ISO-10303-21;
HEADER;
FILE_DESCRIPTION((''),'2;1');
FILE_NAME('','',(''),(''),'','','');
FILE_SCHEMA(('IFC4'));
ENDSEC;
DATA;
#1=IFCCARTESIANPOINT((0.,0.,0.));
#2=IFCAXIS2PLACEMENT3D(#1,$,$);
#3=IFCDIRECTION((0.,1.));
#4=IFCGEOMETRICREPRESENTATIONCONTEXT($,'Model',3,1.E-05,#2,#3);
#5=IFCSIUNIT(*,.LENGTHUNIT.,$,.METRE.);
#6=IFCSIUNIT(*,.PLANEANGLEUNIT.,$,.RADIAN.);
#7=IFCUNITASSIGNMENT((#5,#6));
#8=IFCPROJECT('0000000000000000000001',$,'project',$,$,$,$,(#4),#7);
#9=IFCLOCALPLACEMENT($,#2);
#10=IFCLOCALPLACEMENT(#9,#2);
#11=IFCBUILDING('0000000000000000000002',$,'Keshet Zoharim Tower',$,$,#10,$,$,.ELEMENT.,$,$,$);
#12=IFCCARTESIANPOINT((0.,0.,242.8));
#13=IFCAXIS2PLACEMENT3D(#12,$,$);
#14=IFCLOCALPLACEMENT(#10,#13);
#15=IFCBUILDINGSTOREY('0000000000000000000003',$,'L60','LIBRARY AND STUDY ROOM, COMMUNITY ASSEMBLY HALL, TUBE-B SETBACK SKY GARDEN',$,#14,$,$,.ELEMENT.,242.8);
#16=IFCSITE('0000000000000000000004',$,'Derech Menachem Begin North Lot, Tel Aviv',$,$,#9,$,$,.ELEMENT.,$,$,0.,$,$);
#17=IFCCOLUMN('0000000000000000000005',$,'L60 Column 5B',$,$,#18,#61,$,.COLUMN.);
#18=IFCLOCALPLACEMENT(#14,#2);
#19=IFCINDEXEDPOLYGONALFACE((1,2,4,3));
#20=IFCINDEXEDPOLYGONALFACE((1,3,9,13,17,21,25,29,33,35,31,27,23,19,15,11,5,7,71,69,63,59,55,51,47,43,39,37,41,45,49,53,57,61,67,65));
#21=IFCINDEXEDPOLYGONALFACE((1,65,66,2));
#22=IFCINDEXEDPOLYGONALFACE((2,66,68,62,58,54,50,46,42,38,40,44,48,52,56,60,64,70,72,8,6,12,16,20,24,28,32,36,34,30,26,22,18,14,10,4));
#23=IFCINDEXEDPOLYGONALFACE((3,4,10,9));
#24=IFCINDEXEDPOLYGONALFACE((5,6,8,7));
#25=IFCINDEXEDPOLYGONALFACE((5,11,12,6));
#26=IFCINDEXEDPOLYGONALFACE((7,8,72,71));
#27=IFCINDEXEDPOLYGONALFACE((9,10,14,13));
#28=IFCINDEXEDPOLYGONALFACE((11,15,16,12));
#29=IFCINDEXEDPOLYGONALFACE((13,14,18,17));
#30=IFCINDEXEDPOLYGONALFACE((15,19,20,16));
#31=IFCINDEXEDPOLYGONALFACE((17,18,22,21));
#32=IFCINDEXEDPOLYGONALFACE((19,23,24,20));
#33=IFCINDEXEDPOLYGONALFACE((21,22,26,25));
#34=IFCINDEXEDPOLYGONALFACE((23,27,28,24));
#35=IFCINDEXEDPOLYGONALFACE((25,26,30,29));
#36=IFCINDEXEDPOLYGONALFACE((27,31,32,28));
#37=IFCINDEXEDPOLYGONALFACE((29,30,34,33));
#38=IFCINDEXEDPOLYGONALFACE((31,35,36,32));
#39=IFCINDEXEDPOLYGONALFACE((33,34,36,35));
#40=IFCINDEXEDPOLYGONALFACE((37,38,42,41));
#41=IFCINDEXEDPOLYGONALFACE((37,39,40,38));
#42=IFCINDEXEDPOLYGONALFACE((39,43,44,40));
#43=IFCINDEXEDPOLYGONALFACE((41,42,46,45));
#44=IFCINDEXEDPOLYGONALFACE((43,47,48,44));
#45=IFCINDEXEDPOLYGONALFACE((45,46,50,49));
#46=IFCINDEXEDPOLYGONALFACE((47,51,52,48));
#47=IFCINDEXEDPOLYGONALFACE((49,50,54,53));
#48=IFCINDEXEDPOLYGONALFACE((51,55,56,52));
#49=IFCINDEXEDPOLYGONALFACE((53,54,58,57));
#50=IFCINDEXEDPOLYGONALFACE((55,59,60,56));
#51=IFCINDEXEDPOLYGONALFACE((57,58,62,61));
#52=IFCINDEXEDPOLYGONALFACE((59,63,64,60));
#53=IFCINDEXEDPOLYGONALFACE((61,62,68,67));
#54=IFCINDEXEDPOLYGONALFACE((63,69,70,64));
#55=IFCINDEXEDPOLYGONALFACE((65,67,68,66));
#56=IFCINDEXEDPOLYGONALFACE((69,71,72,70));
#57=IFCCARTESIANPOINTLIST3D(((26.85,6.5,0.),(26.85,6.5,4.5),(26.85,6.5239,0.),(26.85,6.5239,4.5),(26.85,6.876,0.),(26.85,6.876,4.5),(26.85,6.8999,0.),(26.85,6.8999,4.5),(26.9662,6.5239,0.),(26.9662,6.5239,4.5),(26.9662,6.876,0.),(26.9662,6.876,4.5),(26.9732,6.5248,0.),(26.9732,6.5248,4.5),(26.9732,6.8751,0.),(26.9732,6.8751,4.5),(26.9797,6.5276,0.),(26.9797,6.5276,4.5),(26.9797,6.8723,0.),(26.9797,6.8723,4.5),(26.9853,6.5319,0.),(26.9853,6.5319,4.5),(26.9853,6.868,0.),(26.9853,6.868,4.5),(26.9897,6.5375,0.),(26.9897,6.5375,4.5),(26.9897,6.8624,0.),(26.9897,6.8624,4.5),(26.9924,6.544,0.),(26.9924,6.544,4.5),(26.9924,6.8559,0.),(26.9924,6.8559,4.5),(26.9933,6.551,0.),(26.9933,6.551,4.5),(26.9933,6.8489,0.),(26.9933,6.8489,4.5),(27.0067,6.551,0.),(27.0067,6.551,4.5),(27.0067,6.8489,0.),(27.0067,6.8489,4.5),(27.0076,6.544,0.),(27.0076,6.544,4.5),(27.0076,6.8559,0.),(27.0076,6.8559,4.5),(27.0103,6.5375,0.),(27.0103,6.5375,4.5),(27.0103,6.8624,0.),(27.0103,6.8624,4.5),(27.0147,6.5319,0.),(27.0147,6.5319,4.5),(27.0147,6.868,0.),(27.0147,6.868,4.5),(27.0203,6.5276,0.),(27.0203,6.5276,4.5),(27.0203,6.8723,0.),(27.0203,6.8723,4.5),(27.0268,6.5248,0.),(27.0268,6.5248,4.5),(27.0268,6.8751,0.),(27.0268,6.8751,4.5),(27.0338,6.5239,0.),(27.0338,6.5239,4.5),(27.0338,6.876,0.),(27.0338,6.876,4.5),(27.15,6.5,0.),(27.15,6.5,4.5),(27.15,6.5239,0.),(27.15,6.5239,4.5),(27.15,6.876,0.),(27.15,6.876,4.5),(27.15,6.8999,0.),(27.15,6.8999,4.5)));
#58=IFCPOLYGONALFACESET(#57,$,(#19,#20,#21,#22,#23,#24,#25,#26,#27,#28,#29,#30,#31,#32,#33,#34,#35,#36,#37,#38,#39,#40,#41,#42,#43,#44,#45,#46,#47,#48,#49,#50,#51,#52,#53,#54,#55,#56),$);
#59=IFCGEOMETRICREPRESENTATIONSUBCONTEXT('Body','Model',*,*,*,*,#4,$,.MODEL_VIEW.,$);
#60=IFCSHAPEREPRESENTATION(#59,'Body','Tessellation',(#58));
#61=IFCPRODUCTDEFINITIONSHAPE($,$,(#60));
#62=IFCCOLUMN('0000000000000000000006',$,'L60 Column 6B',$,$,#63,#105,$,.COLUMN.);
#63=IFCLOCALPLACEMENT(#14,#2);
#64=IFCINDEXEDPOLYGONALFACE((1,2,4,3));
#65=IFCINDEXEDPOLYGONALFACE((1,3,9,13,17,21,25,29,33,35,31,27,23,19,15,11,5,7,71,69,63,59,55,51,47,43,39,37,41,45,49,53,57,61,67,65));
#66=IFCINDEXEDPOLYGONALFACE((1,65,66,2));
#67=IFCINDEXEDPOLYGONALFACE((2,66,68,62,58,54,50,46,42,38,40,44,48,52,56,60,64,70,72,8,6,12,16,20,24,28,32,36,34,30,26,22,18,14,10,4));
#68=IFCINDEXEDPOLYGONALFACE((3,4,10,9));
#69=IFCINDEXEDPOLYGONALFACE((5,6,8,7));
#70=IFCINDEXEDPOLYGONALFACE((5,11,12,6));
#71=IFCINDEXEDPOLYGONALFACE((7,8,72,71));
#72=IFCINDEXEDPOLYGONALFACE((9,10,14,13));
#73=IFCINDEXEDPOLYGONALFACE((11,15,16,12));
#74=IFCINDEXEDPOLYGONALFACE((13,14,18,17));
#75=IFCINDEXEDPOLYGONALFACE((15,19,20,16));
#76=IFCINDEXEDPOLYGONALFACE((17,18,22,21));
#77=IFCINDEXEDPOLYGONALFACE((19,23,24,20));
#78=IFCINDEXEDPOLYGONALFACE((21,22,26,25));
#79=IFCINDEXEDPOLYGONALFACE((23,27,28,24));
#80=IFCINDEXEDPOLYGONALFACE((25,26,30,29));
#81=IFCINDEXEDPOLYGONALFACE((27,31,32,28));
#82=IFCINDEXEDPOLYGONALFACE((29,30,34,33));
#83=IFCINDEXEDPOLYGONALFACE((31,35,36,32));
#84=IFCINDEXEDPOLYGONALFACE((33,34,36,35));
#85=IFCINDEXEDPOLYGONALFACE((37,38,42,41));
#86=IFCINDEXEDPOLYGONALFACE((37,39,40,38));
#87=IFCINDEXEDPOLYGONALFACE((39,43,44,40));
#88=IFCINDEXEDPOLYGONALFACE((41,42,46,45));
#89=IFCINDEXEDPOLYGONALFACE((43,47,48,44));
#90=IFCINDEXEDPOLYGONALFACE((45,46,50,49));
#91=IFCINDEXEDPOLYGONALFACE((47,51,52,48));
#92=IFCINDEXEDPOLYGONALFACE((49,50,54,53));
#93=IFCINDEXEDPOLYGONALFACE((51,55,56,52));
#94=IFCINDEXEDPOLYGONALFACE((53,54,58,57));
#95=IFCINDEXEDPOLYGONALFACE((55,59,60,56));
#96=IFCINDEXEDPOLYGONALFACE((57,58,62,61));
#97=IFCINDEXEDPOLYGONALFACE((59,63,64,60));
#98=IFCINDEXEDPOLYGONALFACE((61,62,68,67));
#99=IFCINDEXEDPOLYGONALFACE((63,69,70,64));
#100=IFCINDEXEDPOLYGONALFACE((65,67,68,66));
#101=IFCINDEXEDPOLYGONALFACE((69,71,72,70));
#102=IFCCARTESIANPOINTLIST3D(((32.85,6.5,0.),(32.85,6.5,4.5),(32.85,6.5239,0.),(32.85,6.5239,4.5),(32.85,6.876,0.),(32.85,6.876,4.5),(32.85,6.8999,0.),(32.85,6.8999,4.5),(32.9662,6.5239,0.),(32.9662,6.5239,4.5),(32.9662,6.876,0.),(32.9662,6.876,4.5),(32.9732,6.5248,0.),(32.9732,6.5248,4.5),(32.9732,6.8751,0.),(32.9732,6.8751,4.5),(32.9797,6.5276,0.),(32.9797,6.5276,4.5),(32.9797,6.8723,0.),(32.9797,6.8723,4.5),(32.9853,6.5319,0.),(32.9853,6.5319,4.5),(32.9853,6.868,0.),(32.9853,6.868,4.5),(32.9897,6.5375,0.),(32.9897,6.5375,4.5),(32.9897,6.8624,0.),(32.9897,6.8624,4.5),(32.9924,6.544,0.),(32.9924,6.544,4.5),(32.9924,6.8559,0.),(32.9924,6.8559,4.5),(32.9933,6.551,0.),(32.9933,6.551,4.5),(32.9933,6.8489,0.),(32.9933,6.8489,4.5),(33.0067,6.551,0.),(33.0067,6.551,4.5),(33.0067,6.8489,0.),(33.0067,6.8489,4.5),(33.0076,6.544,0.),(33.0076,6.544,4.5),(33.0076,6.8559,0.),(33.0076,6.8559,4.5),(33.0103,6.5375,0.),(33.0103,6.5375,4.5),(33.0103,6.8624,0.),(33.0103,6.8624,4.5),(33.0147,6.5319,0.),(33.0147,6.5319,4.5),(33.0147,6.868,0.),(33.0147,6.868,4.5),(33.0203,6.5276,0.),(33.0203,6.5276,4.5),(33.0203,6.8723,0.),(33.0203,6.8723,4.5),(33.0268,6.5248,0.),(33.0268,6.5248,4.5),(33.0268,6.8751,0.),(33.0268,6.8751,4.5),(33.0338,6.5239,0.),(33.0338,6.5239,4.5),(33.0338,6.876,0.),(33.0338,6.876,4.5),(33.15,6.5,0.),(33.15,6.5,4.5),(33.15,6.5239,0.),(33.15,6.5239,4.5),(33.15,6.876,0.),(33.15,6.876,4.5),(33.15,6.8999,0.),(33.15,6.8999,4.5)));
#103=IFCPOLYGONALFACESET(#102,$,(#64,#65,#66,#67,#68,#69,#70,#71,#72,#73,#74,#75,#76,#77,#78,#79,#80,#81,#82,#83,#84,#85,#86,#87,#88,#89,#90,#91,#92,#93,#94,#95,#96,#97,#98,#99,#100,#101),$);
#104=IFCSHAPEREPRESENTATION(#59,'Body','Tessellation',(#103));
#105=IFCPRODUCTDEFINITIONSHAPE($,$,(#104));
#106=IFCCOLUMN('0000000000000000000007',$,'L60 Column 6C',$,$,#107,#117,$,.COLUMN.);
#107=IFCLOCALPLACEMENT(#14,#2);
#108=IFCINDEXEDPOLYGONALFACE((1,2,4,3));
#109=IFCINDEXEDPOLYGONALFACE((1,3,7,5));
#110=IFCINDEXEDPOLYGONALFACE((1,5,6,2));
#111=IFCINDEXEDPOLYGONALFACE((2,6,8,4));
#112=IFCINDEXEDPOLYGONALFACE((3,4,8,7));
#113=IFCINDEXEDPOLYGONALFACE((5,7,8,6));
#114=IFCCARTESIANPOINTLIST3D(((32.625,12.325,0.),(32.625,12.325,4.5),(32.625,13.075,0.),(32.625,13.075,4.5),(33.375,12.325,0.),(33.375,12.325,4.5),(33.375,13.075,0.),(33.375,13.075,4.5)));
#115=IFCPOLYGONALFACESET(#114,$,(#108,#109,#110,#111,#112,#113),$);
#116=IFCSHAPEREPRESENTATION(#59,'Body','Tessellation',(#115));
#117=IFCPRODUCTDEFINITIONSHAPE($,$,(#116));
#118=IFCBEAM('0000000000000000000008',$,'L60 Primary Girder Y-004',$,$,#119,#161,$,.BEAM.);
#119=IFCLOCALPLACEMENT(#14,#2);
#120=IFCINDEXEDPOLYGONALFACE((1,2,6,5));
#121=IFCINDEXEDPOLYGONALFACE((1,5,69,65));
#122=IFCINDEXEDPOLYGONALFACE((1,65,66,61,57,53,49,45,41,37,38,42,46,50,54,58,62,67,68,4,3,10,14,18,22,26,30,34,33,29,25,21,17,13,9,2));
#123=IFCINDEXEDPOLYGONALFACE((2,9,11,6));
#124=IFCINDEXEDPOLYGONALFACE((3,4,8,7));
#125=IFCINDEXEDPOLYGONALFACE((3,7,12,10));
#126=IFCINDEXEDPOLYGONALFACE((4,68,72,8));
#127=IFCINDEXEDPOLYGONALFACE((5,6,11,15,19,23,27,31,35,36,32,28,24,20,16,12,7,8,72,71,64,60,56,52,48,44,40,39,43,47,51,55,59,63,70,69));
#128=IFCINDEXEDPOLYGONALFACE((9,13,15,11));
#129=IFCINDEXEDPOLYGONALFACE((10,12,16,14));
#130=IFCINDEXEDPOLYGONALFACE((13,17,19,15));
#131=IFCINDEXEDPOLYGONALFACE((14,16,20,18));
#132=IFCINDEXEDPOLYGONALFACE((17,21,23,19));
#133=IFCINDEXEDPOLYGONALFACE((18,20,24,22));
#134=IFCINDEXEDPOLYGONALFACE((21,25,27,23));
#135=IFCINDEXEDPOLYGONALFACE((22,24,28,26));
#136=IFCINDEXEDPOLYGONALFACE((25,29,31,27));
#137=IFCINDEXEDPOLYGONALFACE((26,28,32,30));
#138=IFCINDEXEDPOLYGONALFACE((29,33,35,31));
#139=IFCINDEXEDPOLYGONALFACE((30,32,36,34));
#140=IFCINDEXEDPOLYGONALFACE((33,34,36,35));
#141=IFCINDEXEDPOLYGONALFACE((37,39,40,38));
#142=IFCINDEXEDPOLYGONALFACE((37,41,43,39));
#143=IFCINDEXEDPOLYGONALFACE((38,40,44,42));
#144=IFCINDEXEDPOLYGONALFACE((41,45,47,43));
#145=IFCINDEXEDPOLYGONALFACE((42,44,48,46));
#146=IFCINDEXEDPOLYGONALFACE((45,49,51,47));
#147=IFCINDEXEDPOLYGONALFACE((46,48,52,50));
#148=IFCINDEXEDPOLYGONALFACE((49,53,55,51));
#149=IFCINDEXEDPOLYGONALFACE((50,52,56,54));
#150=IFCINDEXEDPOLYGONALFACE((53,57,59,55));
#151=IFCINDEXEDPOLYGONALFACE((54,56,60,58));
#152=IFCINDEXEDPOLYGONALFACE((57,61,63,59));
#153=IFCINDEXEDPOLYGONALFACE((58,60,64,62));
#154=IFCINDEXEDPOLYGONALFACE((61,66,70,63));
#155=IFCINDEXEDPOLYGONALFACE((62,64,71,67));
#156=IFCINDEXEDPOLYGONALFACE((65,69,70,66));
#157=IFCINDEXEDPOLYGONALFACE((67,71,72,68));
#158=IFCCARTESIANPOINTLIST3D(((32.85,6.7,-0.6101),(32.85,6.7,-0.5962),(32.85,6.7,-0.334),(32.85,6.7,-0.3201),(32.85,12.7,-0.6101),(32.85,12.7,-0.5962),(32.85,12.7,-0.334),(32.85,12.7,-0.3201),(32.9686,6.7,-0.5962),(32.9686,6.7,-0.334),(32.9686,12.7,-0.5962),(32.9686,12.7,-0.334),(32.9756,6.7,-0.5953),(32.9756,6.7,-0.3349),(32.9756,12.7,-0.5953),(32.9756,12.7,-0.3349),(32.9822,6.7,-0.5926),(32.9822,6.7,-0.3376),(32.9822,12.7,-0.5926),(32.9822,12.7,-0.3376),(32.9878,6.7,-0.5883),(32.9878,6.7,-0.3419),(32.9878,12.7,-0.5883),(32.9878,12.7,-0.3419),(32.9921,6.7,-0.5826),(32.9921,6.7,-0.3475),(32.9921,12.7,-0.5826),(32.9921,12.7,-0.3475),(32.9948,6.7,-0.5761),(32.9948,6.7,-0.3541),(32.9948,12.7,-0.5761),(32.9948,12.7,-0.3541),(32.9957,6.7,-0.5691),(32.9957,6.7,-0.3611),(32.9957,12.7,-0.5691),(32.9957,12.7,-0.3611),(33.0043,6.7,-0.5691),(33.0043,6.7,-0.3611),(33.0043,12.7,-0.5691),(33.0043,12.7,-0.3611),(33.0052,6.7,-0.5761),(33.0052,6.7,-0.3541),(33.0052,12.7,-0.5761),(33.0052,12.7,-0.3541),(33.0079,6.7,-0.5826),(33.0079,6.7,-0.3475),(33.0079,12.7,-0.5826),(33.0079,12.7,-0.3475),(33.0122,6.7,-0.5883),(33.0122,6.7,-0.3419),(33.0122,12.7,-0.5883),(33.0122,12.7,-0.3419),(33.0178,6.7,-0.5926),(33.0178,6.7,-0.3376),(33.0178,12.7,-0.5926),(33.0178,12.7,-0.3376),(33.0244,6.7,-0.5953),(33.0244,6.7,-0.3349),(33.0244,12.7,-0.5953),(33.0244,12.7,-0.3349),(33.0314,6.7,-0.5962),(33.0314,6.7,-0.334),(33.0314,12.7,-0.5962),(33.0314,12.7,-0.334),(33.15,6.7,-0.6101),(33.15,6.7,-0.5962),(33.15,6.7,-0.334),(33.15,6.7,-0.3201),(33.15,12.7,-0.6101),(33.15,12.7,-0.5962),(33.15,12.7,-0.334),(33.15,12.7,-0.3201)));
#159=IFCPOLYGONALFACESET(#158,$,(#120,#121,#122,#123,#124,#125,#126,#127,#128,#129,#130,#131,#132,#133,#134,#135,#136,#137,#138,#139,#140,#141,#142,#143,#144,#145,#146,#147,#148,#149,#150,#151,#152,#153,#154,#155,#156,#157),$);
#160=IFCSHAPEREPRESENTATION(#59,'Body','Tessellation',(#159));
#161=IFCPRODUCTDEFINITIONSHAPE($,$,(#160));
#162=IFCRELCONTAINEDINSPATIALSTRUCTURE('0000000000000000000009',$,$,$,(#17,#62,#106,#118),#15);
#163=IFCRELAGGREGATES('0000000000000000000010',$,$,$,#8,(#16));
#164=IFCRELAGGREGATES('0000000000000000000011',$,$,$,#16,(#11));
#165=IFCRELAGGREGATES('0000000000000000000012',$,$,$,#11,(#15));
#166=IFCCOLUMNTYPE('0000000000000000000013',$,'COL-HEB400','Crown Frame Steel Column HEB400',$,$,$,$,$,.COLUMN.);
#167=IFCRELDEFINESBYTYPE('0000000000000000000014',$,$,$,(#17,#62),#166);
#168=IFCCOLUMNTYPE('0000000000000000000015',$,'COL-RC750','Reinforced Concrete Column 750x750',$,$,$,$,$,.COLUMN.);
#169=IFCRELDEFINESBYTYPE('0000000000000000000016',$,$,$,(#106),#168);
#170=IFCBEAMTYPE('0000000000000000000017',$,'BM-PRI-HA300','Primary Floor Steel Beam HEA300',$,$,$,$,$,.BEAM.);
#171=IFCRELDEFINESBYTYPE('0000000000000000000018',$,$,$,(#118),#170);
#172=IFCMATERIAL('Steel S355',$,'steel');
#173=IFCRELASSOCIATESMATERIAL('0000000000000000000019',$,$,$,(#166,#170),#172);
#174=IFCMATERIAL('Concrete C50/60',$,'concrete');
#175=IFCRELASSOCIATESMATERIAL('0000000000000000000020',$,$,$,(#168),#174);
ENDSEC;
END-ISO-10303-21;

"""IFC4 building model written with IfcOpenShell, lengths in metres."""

from ifc_helpers import new_model, si_unit, direction, frame, origin, origin_2d, place, context, subcontext, project, spatial, rectangle, i_section, extrude, material, material_profile, profile_set, type_object, element, save


model = new_model("IFC4")

# Units and contexts
model_context = context("Model", 3, precision=1e-05, world=origin(), true_north=direction((0.0, 1.0)))
body_context = subcontext(model_context, "Body", "Model", "MODEL_VIEW")
ifc_project = project(units=[si_unit("LENGTHUNIT", "METRE"), si_unit("PLANEANGLEUNIT", "RADIAN")], contexts=[model_context])

# Site, building, storey
site_placement = place(None, origin())
site = spatial("IfcSite", under=ifc_project, at=site_placement, Name="Derech Menachem Begin North Lot, Tel Aviv", CompositionType="ELEMENT", RefElevation=0.0)
building_placement = place(site_placement, origin())
building = spatial("IfcBuilding", under=site, at=building_placement, Name="Keshet Zoharim Tower", CompositionType="ELEMENT")
storey_placement = place(building_placement, frame((0.0, 0.0, 242.8)))
storey = spatial("IfcBuildingStorey", under=building, at=storey_placement, Name="L60", Description="LIBRARY AND STUDY ROOM, COMMUNITY ASSEMBLY HALL, TUBE-B SETBACK SKY GARDEN", CompositionType="ELEMENT", Elevation=242.8)

# Columns
ifc_material_1 = material(Name="Steel S355", Category="steel")
ifc_material_profile_1 = material_profile(ifc_material_1, i_section(OverallWidth=0.3, OverallDepth=0.3999, WebThickness=0.0134, FlangeThickness=0.0239, FilletRadius=0.0271, at=origin_2d()), Name="HEB400")
ifc_profile_set_1 = profile_set([ifc_material_profile_1], Name="Steel S355")
column_type_1 = type_object("IfcColumnType", Name="COL-HEB400", Description="Crown Frame Steel Column HEB400", PredefinedType="COLUMN", material=ifc_profile_set_1)
for number, where, z_axis, x_axis, name in (
    (1, (27.0, 6.7, 0.0), (0.0, 0.0, 1.0), (1.0, 0.0, 0.0), "L60 Column 5B"),
    (2, (33.0, 6.7, 0.0), (0.0, 0.0, 1.0), (1.0, 0.0, 0.0), "L60 Column 6B"),
):
    element("IfcColumn", number, at=place(storey_placement, frame(where, z_axis=z_axis, x_axis=x_axis)), inside=storey, type_object=column_type_1, Name=name, PredefinedType="COLUMN", context=body_context, shape_type="SweptSolid", body=[
        extrude(i_section(OverallWidth=0.3, OverallDepth=0.3999, WebThickness=0.0134, FlangeThickness=0.0239, FilletRadius=0.0271, at=origin_2d()), origin(), (0.0, 0.0, 1.0), 4.5),
    ])
ifc_material_2 = material(Name="Concrete C50/60", Category="concrete")
ifc_material_profile_2 = material_profile(ifc_material_2, rectangle(XDim=0.75, YDim=0.75, at=origin_2d()), Name="RC750x750")
ifc_profile_set_2 = profile_set([ifc_material_profile_2], Name="Concrete C50/60")
column_type_2 = type_object("IfcColumnType", Name="COL-RC750", Description="Reinforced Concrete Column 750x750", PredefinedType="COLUMN", material=ifc_profile_set_2)
column_placement = place(storey_placement, frame((33.0, 12.7, 0.0), z_axis=(0.0, 0.0, 1.0), x_axis=(1.0, 0.0, 0.0)))
element("IfcColumn", 3, at=column_placement, inside=storey, type_object=column_type_2, Name="L60 Column 6C", PredefinedType="COLUMN", context=body_context, shape_type="SweptSolid", body=[
    extrude(rectangle(XDim=0.75, YDim=0.75, at=origin_2d()), origin(), (0.0, 0.0, 1.0), 4.5),
])

# Beam
ifc_material_profile_3 = material_profile(ifc_material_1, i_section(OverallWidth=0.3, OverallDepth=0.29, WebThickness=0.0085, FlangeThickness=0.0139, FilletRadius=0.0271, at=origin_2d()), Name="HEA300")
ifc_profile_set_3 = profile_set([ifc_material_profile_3], Name="Steel S355")
beam_type_1 = type_object("IfcBeamType", Name="BM-PRI-HA300", Description="Primary Floor Steel Beam HEA300", PredefinedType="BEAM", material=ifc_profile_set_3)
beam_1_placement = place(storey_placement, frame((33.0, 6.7, -0.4651), z_axis=(0.0, 1.0, 0.0), x_axis=(-1.0, 0.0, 0.0)))
element("IfcBeam", 4, at=beam_1_placement, inside=storey, type_object=beam_type_1, Name="L60 Primary Girder Y-004", PredefinedType="BEAM", context=body_context, shape_type="SweptSolid", body=[
    extrude(i_section(OverallWidth=0.3, OverallDepth=0.29, WebThickness=0.0085, FlangeThickness=0.0139, FilletRadius=0.0271, at=origin_2d()), origin(), (0.0, 0.0, 1.0), 6.0),
])

save(model, "model.ifc")
